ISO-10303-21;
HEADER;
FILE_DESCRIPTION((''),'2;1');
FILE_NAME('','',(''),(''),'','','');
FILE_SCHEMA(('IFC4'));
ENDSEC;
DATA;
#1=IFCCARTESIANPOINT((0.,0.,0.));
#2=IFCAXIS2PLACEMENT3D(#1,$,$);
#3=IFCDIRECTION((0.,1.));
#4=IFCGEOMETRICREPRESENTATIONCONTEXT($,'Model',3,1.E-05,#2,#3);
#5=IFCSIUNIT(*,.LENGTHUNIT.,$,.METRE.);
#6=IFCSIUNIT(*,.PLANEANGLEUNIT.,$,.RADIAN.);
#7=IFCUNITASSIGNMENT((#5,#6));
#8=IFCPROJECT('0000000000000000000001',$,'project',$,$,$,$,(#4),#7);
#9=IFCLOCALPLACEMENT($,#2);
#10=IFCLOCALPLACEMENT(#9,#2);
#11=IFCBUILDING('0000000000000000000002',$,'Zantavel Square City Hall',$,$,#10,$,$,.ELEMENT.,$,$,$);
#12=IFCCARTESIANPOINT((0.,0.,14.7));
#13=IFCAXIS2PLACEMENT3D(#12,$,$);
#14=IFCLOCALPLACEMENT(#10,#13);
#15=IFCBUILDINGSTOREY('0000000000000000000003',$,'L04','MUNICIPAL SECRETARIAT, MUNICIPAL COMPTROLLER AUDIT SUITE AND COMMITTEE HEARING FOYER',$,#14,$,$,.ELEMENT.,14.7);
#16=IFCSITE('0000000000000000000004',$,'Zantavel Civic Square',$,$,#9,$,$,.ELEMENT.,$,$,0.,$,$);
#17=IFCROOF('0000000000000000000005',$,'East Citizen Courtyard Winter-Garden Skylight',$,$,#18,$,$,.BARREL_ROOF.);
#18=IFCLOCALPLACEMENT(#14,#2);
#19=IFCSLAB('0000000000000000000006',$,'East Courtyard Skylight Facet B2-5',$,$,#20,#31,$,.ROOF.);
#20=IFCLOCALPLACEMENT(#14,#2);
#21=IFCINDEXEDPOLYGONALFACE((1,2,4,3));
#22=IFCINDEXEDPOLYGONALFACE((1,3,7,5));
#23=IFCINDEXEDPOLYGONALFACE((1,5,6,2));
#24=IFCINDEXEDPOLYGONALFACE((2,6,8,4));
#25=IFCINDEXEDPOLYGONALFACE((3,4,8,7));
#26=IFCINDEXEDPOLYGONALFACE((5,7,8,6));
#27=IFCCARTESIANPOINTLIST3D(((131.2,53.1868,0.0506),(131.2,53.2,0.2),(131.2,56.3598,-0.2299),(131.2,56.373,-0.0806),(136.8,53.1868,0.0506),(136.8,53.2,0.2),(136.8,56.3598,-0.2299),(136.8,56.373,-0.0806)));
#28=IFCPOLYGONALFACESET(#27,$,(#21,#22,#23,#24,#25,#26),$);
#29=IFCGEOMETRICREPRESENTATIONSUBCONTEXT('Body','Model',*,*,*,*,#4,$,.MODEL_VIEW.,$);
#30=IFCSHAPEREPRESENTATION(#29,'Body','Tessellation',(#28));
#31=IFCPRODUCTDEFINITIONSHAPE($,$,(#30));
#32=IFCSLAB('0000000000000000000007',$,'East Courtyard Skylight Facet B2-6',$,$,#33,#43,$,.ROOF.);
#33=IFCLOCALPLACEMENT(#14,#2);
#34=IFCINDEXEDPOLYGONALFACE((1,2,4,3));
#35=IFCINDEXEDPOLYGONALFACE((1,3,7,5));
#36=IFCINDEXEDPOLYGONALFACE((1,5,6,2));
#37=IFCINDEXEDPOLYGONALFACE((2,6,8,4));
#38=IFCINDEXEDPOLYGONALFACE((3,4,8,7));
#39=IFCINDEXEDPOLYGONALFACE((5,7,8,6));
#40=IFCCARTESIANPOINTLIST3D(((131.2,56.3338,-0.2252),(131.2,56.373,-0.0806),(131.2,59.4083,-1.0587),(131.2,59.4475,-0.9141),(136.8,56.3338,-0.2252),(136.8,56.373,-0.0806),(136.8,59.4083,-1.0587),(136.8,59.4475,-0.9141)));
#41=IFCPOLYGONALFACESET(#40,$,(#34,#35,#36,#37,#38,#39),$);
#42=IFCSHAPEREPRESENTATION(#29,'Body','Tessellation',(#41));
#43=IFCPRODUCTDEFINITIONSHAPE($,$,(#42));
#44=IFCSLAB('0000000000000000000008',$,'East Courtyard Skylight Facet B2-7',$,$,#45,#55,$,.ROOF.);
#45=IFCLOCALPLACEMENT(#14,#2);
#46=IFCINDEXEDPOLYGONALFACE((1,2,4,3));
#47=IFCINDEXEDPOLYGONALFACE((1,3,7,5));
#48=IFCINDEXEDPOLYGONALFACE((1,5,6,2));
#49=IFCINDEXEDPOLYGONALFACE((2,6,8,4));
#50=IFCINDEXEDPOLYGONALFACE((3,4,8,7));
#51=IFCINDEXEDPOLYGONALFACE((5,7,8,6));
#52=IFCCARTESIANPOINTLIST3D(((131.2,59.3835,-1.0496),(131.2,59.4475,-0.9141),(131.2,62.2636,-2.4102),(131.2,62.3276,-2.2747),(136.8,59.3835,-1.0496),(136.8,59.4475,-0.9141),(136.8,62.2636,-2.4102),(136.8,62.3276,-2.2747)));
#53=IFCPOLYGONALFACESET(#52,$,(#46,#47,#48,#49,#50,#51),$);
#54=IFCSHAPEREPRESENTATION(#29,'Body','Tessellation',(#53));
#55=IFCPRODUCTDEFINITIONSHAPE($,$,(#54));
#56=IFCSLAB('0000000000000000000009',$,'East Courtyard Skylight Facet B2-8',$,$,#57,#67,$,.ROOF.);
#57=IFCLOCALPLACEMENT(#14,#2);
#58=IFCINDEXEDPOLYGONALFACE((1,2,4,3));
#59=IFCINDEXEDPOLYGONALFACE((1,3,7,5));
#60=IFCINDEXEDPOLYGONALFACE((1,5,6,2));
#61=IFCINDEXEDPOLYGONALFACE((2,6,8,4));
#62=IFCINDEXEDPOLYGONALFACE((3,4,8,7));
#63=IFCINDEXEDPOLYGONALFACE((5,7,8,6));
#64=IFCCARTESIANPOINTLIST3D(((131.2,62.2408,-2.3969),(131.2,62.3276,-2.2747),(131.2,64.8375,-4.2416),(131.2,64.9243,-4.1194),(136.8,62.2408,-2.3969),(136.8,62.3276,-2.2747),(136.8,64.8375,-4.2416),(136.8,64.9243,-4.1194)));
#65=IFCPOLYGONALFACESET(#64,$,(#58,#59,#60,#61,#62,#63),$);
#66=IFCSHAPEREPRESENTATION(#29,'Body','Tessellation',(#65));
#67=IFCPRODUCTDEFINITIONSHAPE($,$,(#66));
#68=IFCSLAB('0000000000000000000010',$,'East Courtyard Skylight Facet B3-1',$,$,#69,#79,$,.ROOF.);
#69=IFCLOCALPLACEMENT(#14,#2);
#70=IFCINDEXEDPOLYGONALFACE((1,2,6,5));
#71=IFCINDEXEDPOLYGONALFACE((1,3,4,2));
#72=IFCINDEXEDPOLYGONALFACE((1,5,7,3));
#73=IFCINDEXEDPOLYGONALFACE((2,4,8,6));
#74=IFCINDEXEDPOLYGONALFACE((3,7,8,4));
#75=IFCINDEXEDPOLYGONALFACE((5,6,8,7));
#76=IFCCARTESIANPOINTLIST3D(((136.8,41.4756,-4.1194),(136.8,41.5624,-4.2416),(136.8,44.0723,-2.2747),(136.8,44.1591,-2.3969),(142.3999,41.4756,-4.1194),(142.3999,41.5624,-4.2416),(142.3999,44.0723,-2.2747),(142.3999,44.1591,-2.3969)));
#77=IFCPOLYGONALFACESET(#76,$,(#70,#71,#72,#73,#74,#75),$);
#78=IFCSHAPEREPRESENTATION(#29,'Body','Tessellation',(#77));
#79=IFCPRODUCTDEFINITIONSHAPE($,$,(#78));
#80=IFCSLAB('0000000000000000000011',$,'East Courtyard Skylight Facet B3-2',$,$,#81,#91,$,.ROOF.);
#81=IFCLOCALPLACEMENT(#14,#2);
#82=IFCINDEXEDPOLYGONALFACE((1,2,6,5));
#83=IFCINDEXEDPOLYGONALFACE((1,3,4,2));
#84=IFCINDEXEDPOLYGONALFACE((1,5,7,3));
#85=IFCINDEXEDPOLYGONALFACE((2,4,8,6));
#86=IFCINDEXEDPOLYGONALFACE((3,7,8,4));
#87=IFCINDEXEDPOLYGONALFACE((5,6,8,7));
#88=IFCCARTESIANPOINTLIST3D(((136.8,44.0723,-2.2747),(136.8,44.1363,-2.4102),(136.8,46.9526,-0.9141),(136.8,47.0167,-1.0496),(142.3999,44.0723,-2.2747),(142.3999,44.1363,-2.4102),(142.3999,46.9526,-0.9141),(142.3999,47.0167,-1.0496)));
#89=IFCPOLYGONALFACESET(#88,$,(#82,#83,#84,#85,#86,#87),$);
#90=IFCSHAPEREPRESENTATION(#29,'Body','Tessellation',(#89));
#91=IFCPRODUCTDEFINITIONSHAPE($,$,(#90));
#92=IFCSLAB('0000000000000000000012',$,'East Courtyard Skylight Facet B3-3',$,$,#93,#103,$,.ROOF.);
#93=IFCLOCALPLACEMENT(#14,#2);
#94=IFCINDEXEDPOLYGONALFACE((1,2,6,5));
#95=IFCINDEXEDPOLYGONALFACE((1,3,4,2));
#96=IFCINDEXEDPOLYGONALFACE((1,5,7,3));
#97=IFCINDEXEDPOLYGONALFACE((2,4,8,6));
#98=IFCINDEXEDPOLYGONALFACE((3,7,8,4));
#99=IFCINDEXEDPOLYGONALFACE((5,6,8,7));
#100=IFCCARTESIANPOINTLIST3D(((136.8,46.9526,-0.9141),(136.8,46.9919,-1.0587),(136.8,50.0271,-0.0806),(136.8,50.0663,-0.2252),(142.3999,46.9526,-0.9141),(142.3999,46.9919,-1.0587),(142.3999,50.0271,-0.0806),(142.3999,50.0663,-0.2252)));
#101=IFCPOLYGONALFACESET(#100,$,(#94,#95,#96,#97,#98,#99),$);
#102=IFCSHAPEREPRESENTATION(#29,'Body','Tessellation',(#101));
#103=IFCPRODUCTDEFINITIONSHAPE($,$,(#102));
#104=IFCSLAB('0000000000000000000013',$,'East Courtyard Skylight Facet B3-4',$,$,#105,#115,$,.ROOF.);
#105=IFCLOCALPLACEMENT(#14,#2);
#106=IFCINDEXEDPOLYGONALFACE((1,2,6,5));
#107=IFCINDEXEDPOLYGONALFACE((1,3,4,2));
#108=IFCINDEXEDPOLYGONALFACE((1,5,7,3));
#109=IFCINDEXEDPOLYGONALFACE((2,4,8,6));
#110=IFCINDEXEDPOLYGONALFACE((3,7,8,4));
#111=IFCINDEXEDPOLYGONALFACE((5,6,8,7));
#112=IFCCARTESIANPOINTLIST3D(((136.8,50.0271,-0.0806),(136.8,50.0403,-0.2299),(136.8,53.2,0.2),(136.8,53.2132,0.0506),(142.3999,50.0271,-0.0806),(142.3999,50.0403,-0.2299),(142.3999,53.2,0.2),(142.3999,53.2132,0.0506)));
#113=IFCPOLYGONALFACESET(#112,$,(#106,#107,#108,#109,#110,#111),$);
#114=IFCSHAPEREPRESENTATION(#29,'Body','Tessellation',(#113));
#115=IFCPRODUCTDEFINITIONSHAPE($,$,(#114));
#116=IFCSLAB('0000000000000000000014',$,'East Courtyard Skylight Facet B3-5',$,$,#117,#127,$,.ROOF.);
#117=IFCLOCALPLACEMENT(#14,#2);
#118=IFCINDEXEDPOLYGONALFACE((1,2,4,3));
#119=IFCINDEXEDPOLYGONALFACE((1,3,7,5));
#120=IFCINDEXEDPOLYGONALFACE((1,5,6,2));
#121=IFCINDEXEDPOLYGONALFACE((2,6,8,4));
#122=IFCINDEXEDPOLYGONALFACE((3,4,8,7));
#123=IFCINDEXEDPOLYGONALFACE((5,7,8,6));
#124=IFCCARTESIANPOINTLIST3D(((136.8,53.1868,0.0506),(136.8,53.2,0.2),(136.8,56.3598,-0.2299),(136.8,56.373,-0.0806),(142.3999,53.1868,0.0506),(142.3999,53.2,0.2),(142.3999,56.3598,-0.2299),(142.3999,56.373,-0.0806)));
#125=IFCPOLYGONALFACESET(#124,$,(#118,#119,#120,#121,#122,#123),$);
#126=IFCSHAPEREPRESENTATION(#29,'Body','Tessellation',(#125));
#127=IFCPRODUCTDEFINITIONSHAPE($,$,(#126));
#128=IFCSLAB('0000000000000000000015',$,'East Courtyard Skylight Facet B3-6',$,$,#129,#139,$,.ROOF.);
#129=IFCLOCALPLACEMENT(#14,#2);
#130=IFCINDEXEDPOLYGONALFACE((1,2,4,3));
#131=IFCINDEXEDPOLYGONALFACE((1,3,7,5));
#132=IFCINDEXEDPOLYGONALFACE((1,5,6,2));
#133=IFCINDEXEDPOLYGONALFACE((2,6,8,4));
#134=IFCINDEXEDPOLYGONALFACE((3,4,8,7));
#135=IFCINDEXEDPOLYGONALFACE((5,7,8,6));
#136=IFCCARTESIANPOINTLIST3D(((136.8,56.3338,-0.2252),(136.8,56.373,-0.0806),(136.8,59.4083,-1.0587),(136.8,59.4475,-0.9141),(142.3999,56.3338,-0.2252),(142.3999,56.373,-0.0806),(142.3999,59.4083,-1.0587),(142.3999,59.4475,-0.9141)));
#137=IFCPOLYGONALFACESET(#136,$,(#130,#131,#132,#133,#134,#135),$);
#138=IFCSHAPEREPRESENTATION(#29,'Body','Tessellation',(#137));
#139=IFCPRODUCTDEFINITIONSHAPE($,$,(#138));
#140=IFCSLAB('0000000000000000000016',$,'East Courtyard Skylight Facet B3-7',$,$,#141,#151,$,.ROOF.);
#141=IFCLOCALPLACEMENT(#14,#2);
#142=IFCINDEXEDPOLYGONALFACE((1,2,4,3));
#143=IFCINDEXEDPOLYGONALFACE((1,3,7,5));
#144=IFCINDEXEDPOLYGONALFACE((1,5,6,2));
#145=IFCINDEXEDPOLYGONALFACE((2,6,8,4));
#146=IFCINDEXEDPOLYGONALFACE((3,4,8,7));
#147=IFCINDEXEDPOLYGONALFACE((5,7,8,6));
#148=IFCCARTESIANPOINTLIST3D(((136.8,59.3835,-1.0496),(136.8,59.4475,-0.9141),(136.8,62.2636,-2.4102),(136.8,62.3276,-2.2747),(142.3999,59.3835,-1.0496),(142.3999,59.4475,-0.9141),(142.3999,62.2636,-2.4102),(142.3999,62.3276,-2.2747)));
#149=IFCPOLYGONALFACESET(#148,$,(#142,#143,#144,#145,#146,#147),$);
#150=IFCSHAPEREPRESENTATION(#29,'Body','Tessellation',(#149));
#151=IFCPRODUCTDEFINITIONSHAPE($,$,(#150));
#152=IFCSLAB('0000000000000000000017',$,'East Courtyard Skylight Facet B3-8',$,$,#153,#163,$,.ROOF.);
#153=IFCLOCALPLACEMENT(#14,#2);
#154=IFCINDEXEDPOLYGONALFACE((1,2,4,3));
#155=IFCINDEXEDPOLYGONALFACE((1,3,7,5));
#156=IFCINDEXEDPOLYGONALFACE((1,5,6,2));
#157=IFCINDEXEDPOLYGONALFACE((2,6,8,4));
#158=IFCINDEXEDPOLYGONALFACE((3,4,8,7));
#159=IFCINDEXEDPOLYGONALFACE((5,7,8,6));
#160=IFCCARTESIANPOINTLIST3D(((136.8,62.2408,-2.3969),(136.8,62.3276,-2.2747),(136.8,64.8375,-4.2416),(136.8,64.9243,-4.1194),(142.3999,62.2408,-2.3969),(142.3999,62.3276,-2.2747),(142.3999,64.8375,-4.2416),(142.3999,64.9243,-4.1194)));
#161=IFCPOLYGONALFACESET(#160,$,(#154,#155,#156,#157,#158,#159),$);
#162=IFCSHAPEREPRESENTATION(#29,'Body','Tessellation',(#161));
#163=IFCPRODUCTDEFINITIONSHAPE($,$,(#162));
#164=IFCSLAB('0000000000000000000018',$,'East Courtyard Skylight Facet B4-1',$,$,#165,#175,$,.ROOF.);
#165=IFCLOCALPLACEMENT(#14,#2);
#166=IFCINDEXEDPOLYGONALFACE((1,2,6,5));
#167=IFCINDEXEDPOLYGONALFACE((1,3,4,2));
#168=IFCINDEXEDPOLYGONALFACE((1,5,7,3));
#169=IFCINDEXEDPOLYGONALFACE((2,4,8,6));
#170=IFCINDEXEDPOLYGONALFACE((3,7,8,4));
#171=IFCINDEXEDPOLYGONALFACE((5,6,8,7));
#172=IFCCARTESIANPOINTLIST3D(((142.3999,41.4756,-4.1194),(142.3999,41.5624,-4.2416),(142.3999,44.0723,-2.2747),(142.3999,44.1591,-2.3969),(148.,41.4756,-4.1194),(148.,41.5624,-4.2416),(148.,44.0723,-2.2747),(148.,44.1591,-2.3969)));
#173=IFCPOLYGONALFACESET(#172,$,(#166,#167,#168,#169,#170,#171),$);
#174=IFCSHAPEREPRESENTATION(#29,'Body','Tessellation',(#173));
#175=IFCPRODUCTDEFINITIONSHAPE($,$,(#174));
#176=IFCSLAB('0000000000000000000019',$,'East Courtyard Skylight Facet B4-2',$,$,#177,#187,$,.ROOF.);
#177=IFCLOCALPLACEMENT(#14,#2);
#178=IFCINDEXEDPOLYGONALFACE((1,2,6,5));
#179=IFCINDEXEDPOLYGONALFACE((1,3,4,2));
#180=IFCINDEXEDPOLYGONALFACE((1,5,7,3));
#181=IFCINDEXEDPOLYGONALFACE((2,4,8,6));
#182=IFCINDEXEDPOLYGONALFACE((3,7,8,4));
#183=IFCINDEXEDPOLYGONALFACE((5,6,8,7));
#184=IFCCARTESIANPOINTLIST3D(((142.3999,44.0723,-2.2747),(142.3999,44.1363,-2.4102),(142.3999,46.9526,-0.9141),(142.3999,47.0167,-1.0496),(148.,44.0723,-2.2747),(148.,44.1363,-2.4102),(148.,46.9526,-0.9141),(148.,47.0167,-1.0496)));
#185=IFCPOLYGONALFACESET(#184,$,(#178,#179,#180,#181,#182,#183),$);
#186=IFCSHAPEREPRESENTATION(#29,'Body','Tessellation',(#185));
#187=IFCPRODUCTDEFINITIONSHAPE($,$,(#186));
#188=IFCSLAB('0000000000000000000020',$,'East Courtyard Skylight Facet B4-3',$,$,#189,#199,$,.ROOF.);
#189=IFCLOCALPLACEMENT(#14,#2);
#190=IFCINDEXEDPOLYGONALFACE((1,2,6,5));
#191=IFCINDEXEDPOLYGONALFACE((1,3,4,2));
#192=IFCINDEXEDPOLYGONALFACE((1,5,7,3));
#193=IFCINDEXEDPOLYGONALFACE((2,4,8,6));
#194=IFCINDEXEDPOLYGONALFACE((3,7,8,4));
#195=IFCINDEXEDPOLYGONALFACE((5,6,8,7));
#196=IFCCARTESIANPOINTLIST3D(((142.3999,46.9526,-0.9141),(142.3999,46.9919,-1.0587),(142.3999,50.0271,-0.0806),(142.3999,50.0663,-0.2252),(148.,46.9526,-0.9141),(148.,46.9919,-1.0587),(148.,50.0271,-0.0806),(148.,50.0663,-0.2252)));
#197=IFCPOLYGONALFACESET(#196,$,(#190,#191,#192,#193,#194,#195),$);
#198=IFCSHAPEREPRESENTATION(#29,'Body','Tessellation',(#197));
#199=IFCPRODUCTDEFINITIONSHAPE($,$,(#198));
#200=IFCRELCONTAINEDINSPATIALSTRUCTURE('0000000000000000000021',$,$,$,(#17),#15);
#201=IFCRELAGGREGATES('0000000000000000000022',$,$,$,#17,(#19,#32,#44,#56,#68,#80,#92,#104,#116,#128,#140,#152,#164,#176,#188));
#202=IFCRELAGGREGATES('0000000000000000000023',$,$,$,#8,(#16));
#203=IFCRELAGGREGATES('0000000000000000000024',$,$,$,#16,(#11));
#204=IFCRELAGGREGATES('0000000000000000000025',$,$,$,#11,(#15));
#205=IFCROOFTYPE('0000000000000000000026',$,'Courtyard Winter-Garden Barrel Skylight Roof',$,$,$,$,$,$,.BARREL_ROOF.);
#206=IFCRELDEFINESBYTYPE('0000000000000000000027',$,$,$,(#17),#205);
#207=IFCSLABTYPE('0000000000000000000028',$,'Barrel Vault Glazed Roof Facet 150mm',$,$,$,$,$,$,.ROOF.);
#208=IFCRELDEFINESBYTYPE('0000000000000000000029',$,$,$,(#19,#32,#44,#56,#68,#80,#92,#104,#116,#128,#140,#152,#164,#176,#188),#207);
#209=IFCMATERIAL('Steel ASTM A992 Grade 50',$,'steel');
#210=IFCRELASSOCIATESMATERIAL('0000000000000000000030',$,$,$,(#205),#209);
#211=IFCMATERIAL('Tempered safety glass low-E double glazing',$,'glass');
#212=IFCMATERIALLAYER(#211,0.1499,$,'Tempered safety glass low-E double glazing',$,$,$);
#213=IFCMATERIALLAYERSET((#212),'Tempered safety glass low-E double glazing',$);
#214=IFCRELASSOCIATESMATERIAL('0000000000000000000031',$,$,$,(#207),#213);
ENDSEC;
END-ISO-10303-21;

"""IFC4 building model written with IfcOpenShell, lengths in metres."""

from ifc_helpers import new_model, si_unit, direction, frame, origin, place, context, subcontext, project, spatial, polyline, outline, extrude, material, layer, layer_set, type_object, element, aggregate, save


model = new_model("IFC4")

# Units and contexts
model_context = context("Model", 3, precision=1e-05, world=origin(), true_north=direction((0.0, 1.0)))
body_context = subcontext(model_context, "Body", "Model", "MODEL_VIEW")
ifc_project = project(units=[si_unit("LENGTHUNIT", "METRE"), si_unit("PLANEANGLEUNIT", "RADIAN")], contexts=[model_context])

# Site, building, storey
site_placement = place(None, origin())
site = spatial("IfcSite", under=ifc_project, at=site_placement, Name="Zantavel Civic Square", CompositionType="ELEMENT", RefElevation=0.0)
building_placement = place(site_placement, origin())
building = spatial("IfcBuilding", under=site, at=building_placement, Name="Zantavel Square City Hall", CompositionType="ELEMENT")
storey_placement = place(building_placement, frame((0.0, 0.0, 14.7)))
storey = spatial("IfcBuildingStorey", under=building, at=storey_placement, Name="L04", Description="MUNICIPAL SECRETARIAT, MUNICIPAL COMPTROLLER AUDIT SUITE AND COMMITTEE HEARING FOYER", CompositionType="ELEMENT", Elevation=14.7)

# Roof, slabs
ifc_material_1 = material(Name="Steel ASTM A992 Grade 50", Category="steel")
roof_type = type_object("IfcRoofType", Name="Courtyard Winter-Garden Barrel Skylight Roof", PredefinedType="BARREL_ROOF", material=ifc_material_1)
roof_placement = place(storey_placement, origin())
roof = element("IfcRoof", 1, at=roof_placement, inside=storey, type_object=roof_type, Name="East Citizen Courtyard Winter-Garden Skylight", PredefinedType="BARREL_ROOF")
ifc_material_2 = material(Name="Tempered safety glass low-E double glazing", Category="glass")
ifc_layer = layer(ifc_material_2, 0.1499, Name="Tempered safety glass low-E double glazing")
ifc_layer_set = layer_set([ifc_layer], Name="Tempered safety glass low-E double glazing")
slab_type = type_object("IfcSlabType", Name="Barrel Vault Glazed Roof Facet 150mm", PredefinedType="ROOF", material=ifc_layer_set)
slab_1_placement = place(storey_placement, frame((131.2, 53.2, 0.2), z_axis=(0.0, 0.088062, 0.996115), x_axis=(1.0, 0.0, 0.0)))
slab_1 = element("IfcSlab", 2, at=slab_1_placement, type_object=slab_type, Name="East Courtyard Skylight Facet B2-5", PredefinedType="ROOF", context=body_context, shape_type="SweptSolid", body=[
    extrude(outline(polyline([(0.0, 0.0), (5.6001, 0.0), (5.6001, 3.1855), (0.0, 3.1855), (0.0, 0.0)])), origin(), (0.0, 0.0, -1.0), 0.1499),
])
slab_2_placement = place(storey_placement, frame((131.2, 56.373, -0.0806), z_axis=(0.0, 0.261658, 0.965161), x_axis=(1.0, 0.0, 0.0)))
slab_2 = element("IfcSlab", 3, at=slab_2_placement, type_object=slab_type, Name="East Courtyard Skylight Facet B2-6", PredefinedType="ROOF", context=body_context, shape_type="SweptSolid", body=[
    extrude(outline(polyline([(0.0, 0.0), (5.6001, 0.0), (5.6001, 3.1854), (0.0, 3.1854), (0.0, 0.0)])), origin(), (0.0, 0.0, -1.0), 0.1499),
])
slab_3_placement = place(storey_placement, frame((131.2, 59.4475, -0.9141), z_axis=(0.0, 0.427144, 0.904184), x_axis=(1.0, 0.0, 0.0)))
slab_3 = element("IfcSlab", 4, at=slab_3_placement, type_object=slab_type, Name="East Courtyard Skylight Facet B2-7", PredefinedType="ROOF", context=body_context, shape_type="SweptSolid", body=[
    extrude(outline(polyline([(0.0, 0.0), (5.6001, 0.0), (5.6001, 3.1853), (0.0, 3.1853), (0.0, 0.0)])), origin(), (0.0, 0.0, -1.0), 0.1499),
])
slab_4_placement = place(storey_placement, frame((131.2, 62.3276, -2.2747), z_axis=(0.0, 0.579148, 0.815222), x_axis=(1.0, 0.0, 0.0)))
slab_4 = element("IfcSlab", 5, at=slab_4_placement, type_object=slab_type, Name="East Courtyard Skylight Facet B2-8", PredefinedType="ROOF", context=body_context, shape_type="SweptSolid", body=[
    extrude(outline(polyline([(0.0, 0.0), (5.6001, 0.0), (5.6001, 3.1852), (0.0, 3.1852), (0.0, 0.0)])), origin(), (0.0, 0.0, -1.0), 0.1499),
])
slab_5_placement = place(storey_placement, frame((136.8, 41.4756, -4.1194), z_axis=(0.0, -0.579148, 0.815222), x_axis=(1.0, 0.0, 0.0)))
slab_5 = element("IfcSlab", 6, at=slab_5_placement, type_object=slab_type, Name="East Courtyard Skylight Facet B3-1", PredefinedType="ROOF", context=body_context, shape_type="SweptSolid", body=[
    extrude(outline(polyline([(0.0, 0.0), (5.5999, 0.0), (5.5999, 3.1852), (0.0, 3.1852), (0.0, 0.0)])), origin(), (0.0, 0.0, -1.0), 0.1499),
])
slab_6_placement = place(storey_placement, frame((136.8, 44.0723, -2.2747), z_axis=(0.0, -0.427114, 0.904198), x_axis=(1.0, 0.0, 0.0)))
slab_6 = element("IfcSlab", 7, at=slab_6_placement, type_object=slab_type, Name="East Courtyard Skylight Facet B3-2", PredefinedType="ROOF", context=body_context, shape_type="SweptSolid", body=[
    extrude(outline(polyline([(0.0, 0.0), (5.5999, 0.0), (5.5999, 3.1856), (0.0, 3.1856), (0.0, 0.0)])), origin(), (0.0, 0.0, -1.0), 0.1499),
])
slab_7_placement = place(storey_placement, frame((136.8, 46.9526, -0.9141), z_axis=(0.0, -0.261658, 0.965161), x_axis=(1.0, 0.0, 0.0)))
slab_7 = element("IfcSlab", 8, at=slab_7_placement, type_object=slab_type, Name="East Courtyard Skylight Facet B3-3", PredefinedType="ROOF", context=body_context, shape_type="SweptSolid", body=[
    extrude(outline(polyline([(0.0, 0.0), (5.5999, 0.0), (5.5999, 3.1854), (0.0, 3.1854), (0.0, 0.0)])), origin(), (0.0, 0.0, -1.0), 0.1499),
])
slab_8_placement = place(storey_placement, frame((136.8, 50.0271, -0.0806), z_axis=(0.0, -0.088068, 0.996114), x_axis=(1.0, 0.0, 0.0)))
slab_8 = element("IfcSlab", 9, at=slab_8_placement, type_object=slab_type, Name="East Courtyard Skylight Facet B3-4", PredefinedType="ROOF", context=body_context, shape_type="SweptSolid", body=[
    extrude(outline(polyline([(0.0, 0.0), (5.5999, 0.0), (5.5999, 3.1852), (0.0, 3.1852), (0.0, 0.0)])), origin(), (0.0, 0.0, -1.0), 0.1499),
])
slab_9_placement = place(storey_placement, frame((136.8, 53.2, 0.2), z_axis=(0.0, 0.088062, 0.996115), x_axis=(1.0, 0.0, 0.0)))
slab_9 = element("IfcSlab", 10, at=slab_9_placement, type_object=slab_type, Name="East Courtyard Skylight Facet B3-5", PredefinedType="ROOF", context=body_context, shape_type="SweptSolid", body=[
    extrude(outline(polyline([(0.0, 0.0), (5.5999, 0.0), (5.5999, 3.1855), (0.0, 3.1855), (0.0, 0.0)])), origin(), (0.0, 0.0, -1.0), 0.1499),
])
slab_10_placement = place(storey_placement, frame((136.8, 56.373, -0.0806), z_axis=(0.0, 0.261658, 0.965161), x_axis=(1.0, 0.0, 0.0)))
slab_10 = element("IfcSlab", 11, at=slab_10_placement, type_object=slab_type, Name="East Courtyard Skylight Facet B3-6", PredefinedType="ROOF", context=body_context, shape_type="SweptSolid", body=[
    extrude(outline(polyline([(0.0, 0.0), (5.5999, 0.0), (5.5999, 3.1854), (0.0, 3.1854), (0.0, 0.0)])), origin(), (0.0, 0.0, -1.0), 0.1499),
])
slab_11_placement = place(storey_placement, frame((136.8, 59.4475, -0.9141), z_axis=(0.0, 0.427144, 0.904184), x_axis=(1.0, 0.0, 0.0)))
slab_11 = element("IfcSlab", 12, at=slab_11_placement, type_object=slab_type, Name="East Courtyard Skylight Facet B3-7", PredefinedType="ROOF", context=body_context, shape_type="SweptSolid", body=[
    extrude(outline(polyline([(0.0, 0.0), (5.5999, 0.0), (5.5999, 3.1853), (0.0, 3.1853), (0.0, 0.0)])), origin(), (0.0, 0.0, -1.0), 0.1499),
])
slab_12_placement = place(storey_placement, frame((136.8, 62.3276, -2.2747), z_axis=(0.0, 0.579148, 0.815222), x_axis=(1.0, 0.0, 0.0)))
slab_12 = element("IfcSlab", 13, at=slab_12_placement, type_object=slab_type, Name="East Courtyard Skylight Facet B3-8", PredefinedType="ROOF", context=body_context, shape_type="SweptSolid", body=[
    extrude(outline(polyline([(0.0, 0.0), (5.5999, 0.0), (5.5999, 3.1852), (0.0, 3.1852), (0.0, 0.0)])), origin(), (0.0, 0.0, -1.0), 0.1499),
])
slab_13_placement = place(storey_placement, frame((142.3999, 41.4756, -4.1194), z_axis=(0.0, -0.579148, 0.815222), x_axis=(1.0, 0.0, 0.0)))
slab_13 = element("IfcSlab", 14, at=slab_13_placement, type_object=slab_type, Name="East Courtyard Skylight Facet B4-1", PredefinedType="ROOF", context=body_context, shape_type="SweptSolid", body=[
    extrude(outline(polyline([(0.0, 0.0), (5.6001, 0.0), (5.6001, 3.1852), (0.0, 3.1852), (0.0, 0.0)])), origin(), (0.0, 0.0, -1.0), 0.1499),
])
slab_14_placement = place(storey_placement, frame((142.3999, 44.0723, -2.2747), z_axis=(0.0, -0.427114, 0.904198), x_axis=(1.0, 0.0, 0.0)))
slab_14 = element("IfcSlab", 15, at=slab_14_placement, type_object=slab_type, Name="East Courtyard Skylight Facet B4-2", PredefinedType="ROOF", context=body_context, shape_type="SweptSolid", body=[
    extrude(outline(polyline([(0.0, 0.0), (5.6001, 0.0), (5.6001, 3.1856), (0.0, 3.1856), (0.0, 0.0)])), origin(), (0.0, 0.0, -1.0), 0.1499),
])
slab_15_placement = place(storey_placement, frame((142.3999, 46.9526, -0.9141), z_axis=(0.0, -0.261658, 0.965161), x_axis=(1.0, 0.0, 0.0)))
slab_15 = element("IfcSlab", 16, at=slab_15_placement, type_object=slab_type, Name="East Courtyard Skylight Facet B4-3", PredefinedType="ROOF", context=body_context, shape_type="SweptSolid", body=[
    extrude(outline(polyline([(0.0, 0.0), (5.6001, 0.0), (5.6001, 3.1854), (0.0, 3.1854), (0.0, 0.0)])), origin(), (0.0, 0.0, -1.0), 0.1499),
])
aggregate(roof, [slab_1, slab_2, slab_3, slab_4, slab_5, slab_6, slab_7, slab_8, slab_9, slab_10, slab_11, slab_12, slab_13, slab_14, slab_15])

save(model, "model.ifc")
